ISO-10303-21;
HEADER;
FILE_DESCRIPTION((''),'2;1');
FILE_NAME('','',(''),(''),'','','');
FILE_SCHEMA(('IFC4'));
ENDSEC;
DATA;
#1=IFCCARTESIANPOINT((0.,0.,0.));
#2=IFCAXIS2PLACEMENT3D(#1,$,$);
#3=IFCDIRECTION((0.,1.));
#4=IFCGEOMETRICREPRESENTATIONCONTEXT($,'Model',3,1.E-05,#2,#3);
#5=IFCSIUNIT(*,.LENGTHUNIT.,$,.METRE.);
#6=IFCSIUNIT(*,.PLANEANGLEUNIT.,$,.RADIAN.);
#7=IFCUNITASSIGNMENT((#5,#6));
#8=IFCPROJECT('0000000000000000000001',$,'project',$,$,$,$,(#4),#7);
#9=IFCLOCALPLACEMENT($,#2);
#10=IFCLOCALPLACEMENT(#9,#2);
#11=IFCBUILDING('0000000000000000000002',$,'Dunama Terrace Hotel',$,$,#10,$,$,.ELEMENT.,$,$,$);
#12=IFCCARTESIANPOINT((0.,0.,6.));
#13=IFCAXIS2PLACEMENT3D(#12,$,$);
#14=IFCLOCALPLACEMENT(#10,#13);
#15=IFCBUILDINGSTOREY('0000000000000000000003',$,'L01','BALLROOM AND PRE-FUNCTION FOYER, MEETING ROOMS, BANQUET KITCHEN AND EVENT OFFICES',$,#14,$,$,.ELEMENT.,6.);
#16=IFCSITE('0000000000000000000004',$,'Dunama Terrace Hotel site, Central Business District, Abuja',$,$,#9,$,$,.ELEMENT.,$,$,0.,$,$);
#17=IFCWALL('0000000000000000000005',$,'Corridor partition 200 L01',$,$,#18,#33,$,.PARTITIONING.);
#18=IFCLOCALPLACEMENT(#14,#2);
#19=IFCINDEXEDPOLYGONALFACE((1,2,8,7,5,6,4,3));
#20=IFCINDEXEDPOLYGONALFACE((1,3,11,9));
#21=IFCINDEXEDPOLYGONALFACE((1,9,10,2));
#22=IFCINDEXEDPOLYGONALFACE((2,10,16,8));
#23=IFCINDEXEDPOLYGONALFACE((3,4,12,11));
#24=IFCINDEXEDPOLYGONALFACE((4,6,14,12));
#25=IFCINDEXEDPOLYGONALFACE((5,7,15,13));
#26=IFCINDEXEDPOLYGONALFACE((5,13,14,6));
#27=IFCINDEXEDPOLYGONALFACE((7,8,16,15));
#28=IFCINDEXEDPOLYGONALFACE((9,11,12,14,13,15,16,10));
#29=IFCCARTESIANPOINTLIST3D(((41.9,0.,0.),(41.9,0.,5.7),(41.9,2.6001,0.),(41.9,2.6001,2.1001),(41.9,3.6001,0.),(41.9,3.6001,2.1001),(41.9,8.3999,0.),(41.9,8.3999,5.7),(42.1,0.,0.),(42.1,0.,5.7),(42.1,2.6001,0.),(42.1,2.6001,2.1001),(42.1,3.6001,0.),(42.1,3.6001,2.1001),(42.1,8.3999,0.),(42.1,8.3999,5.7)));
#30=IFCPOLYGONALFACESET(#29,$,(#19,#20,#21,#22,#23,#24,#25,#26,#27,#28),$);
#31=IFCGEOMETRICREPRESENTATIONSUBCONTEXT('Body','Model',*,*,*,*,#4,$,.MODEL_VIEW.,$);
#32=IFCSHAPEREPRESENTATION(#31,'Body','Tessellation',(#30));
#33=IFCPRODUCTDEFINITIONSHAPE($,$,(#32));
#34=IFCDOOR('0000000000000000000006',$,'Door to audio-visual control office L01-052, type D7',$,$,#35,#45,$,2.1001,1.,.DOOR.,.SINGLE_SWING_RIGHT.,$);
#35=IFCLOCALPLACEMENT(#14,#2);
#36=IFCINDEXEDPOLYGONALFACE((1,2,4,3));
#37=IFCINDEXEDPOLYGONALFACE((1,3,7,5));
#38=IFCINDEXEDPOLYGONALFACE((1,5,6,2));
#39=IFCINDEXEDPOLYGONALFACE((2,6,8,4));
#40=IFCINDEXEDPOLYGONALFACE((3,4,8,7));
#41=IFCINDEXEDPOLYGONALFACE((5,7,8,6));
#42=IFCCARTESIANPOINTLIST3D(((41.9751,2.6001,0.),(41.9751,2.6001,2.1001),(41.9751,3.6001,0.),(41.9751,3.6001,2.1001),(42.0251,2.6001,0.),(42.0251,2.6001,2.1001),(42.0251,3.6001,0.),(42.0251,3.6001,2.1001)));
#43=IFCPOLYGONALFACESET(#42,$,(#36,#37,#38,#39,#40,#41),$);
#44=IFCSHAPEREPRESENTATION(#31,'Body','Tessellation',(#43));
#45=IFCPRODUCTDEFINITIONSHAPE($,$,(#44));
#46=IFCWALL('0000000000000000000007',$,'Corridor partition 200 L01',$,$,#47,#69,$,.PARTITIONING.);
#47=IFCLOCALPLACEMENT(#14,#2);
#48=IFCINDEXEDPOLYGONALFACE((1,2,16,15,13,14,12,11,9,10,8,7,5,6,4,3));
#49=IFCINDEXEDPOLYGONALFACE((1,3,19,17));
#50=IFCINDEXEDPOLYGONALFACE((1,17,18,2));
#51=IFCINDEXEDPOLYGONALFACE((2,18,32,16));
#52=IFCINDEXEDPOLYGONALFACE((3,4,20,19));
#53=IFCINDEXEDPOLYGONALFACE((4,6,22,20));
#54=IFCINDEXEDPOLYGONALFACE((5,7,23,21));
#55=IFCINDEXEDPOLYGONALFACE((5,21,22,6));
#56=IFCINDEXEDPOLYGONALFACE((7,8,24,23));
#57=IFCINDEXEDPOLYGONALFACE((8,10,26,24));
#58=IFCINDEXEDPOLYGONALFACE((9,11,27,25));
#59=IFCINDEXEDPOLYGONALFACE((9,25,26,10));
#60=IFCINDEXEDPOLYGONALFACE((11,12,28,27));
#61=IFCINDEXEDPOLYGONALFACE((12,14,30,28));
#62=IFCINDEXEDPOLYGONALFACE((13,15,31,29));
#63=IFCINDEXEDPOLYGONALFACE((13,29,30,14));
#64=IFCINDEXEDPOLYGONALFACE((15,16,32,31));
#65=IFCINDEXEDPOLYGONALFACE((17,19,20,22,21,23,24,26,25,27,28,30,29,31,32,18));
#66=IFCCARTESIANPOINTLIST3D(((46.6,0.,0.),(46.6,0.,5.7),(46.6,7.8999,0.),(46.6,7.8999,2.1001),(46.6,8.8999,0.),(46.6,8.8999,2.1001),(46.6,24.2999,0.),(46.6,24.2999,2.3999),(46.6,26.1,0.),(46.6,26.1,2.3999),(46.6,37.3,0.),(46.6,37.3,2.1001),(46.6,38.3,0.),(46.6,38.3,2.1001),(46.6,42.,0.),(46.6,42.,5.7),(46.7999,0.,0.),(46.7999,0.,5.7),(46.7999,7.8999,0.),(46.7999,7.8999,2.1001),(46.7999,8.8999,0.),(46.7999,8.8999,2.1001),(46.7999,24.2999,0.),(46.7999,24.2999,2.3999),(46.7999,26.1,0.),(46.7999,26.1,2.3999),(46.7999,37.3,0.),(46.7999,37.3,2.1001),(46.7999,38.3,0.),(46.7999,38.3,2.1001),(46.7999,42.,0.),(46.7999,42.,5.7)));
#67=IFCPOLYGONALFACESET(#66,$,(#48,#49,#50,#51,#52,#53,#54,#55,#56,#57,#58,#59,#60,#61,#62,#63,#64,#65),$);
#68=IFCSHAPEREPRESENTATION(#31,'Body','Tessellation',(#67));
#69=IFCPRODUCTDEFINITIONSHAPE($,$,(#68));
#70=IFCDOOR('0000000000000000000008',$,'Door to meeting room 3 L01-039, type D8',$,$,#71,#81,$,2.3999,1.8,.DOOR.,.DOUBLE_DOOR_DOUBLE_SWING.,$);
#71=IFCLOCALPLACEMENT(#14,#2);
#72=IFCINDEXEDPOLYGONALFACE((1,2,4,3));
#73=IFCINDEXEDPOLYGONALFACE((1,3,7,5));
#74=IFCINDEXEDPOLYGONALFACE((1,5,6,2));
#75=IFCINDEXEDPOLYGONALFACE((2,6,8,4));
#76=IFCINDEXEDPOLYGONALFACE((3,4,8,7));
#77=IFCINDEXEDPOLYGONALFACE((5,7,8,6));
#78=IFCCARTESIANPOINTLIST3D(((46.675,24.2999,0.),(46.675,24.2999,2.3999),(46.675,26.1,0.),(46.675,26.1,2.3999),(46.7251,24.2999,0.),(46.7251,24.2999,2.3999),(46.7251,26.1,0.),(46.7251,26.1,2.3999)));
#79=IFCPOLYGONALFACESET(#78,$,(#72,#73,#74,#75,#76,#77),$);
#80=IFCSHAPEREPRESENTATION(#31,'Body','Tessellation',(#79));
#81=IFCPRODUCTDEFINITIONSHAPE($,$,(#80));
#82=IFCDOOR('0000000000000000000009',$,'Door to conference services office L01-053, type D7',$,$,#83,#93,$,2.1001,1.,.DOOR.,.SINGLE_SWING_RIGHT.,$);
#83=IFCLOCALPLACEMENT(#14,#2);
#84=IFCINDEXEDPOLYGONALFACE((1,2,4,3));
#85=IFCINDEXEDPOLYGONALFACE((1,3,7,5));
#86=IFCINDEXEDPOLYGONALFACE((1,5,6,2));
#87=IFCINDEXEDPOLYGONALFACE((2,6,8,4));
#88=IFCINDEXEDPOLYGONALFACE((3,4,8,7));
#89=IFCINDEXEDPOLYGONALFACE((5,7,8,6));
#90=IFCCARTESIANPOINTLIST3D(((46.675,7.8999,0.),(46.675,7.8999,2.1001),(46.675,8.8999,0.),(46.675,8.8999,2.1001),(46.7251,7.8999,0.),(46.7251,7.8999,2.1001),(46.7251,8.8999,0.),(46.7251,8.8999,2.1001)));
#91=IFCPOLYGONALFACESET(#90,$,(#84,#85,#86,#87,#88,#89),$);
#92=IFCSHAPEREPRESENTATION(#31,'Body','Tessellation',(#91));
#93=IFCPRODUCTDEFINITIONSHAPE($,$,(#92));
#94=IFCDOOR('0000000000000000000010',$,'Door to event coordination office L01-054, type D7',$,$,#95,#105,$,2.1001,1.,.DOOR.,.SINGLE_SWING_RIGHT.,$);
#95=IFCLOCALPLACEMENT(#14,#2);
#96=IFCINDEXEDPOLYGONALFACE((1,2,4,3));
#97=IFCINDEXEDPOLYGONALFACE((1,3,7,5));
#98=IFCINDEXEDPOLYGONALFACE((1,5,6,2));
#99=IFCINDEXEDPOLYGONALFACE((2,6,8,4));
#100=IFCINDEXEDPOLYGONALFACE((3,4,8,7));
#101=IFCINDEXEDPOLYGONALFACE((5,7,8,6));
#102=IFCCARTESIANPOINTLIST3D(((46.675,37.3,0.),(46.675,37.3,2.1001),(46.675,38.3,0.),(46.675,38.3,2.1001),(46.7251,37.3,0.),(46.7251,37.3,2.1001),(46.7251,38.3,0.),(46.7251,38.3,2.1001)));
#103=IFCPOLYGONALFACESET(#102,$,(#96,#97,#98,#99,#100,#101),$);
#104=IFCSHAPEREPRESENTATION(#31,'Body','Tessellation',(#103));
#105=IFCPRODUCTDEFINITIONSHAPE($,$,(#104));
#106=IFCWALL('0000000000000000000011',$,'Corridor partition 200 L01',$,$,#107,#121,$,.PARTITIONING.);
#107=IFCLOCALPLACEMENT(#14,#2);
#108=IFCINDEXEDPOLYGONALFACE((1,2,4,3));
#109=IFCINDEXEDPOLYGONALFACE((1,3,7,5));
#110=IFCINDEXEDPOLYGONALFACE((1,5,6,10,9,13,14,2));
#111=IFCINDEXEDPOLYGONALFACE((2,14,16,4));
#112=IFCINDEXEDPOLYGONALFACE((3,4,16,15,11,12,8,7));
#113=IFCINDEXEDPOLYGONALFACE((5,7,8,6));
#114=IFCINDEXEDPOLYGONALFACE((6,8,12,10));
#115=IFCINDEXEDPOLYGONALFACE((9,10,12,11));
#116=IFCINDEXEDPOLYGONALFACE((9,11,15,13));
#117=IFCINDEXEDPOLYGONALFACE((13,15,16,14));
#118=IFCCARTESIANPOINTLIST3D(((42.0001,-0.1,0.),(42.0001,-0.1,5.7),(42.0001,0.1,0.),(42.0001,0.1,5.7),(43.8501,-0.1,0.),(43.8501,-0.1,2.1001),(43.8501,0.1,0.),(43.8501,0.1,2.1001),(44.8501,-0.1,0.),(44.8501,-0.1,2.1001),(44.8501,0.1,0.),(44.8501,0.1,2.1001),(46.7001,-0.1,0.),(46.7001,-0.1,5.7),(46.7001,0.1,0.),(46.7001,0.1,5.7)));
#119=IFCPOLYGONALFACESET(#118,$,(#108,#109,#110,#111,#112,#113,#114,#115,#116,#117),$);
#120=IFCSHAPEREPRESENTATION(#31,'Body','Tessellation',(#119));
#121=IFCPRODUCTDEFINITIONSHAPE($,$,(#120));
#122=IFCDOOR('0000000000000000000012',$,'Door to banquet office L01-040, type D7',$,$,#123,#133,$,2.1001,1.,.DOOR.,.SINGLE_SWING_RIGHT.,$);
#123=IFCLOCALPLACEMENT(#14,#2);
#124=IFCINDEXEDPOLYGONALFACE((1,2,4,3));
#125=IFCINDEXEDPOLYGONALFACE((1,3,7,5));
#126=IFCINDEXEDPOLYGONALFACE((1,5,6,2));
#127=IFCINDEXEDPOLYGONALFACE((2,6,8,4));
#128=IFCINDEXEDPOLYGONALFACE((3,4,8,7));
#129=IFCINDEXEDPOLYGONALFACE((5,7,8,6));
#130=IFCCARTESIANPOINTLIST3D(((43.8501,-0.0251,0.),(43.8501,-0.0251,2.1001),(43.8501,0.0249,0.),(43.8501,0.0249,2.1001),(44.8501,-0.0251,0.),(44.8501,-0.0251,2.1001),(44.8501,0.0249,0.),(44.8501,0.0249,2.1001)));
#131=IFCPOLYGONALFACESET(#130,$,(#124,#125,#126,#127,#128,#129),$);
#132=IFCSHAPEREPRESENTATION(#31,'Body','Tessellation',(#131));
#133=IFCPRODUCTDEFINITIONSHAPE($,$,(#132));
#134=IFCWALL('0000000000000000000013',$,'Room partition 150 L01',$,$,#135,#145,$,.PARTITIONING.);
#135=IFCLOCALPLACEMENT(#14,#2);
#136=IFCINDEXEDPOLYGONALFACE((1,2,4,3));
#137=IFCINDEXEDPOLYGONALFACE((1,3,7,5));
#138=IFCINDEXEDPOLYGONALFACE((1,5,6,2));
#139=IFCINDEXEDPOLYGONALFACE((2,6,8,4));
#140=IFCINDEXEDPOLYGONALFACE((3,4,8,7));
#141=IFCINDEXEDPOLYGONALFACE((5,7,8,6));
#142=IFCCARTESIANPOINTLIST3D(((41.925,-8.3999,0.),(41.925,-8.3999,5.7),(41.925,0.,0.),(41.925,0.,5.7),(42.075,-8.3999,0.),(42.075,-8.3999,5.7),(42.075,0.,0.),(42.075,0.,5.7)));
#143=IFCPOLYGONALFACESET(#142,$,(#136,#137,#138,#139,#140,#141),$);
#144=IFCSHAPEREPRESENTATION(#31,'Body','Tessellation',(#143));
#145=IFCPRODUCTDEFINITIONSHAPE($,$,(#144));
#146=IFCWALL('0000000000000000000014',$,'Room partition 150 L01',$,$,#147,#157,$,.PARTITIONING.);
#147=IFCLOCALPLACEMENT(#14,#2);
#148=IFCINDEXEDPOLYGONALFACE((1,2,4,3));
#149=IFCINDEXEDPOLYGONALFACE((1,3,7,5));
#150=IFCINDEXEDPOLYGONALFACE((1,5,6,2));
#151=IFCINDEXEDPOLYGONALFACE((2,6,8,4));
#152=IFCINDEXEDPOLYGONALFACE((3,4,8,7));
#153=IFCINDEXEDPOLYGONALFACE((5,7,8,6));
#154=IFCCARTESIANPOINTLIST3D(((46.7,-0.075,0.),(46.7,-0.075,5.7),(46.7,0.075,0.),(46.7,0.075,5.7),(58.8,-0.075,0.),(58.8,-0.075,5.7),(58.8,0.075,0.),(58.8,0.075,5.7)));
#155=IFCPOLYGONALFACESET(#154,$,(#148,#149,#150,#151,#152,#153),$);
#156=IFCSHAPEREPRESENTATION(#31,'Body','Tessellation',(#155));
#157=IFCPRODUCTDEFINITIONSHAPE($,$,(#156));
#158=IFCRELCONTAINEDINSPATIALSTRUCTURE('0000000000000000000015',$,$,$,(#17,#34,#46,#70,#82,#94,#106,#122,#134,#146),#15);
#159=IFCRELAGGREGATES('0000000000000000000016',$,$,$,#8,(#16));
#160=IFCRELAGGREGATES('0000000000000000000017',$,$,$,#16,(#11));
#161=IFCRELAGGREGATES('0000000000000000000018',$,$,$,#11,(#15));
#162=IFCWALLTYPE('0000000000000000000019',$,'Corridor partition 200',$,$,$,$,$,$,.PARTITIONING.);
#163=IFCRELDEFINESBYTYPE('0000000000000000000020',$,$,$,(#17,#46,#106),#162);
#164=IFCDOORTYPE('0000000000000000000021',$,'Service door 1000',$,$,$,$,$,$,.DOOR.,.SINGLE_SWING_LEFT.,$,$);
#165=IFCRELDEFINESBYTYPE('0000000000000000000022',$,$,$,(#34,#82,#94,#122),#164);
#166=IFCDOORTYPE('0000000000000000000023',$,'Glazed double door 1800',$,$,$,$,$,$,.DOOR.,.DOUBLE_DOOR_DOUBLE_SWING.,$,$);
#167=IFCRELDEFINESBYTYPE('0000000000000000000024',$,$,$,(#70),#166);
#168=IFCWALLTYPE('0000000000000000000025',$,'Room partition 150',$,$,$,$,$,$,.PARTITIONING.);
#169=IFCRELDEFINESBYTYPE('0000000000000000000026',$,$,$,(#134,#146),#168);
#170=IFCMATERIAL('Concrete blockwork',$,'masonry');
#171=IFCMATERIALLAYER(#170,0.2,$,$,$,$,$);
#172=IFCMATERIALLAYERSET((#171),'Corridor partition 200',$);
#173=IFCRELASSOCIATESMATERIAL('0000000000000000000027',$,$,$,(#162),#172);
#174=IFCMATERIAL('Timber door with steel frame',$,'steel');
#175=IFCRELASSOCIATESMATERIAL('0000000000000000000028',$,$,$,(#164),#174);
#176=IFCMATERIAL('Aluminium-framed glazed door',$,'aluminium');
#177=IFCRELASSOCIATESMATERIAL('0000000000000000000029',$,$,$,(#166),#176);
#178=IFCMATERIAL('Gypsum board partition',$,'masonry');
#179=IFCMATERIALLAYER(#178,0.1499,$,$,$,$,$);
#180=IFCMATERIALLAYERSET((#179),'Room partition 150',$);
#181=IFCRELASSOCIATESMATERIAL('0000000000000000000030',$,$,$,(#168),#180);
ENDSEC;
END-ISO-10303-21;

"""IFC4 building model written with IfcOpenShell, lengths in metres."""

from ifc_helpers import new_model, si_unit, direction, frame, frame_2d, origin, place, context, subcontext, project, spatial, rectangle, extrude, material, layer, layer_set, type_object, element, fill, save


model = new_model("IFC4")

# Units and contexts
model_context = context("Model", 3, precision=1e-05, world=origin(), true_north=direction((0.0, 1.0)))
body_context = subcontext(model_context, "Body", "Model", "MODEL_VIEW")
ifc_project = project(units=[si_unit("LENGTHUNIT", "METRE"), si_unit("PLANEANGLEUNIT", "RADIAN")], contexts=[model_context])

# Site, building, storey
site_placement = place(None, origin())
site = spatial("IfcSite", under=ifc_project, at=site_placement, Name="Dunama Terrace Hotel site, Central Business District, Abuja", CompositionType="ELEMENT", RefElevation=0.0)
building_placement = place(site_placement, origin())
building = spatial("IfcBuilding", under=site, at=building_placement, Name="Dunama Terrace Hotel", CompositionType="ELEMENT")
storey_placement = place(building_placement, frame((0.0, 0.0, 6.0)))
storey = spatial("IfcBuildingStorey", under=building, at=storey_placement, Name="L01", Description="BALLROOM AND PRE-FUNCTION FOYER, MEETING ROOMS, BANQUET KITCHEN AND EVENT OFFICES", CompositionType="ELEMENT", Elevation=6.0)

# Wall, opening, door
ifc_material_1 = material(Name="Concrete blockwork", Category="masonry")
ifc_layer_1 = layer(ifc_material_1, 0.2)
ifc_layer_set_1 = layer_set([ifc_layer_1], Name="Corridor partition 200")
wall_type_1 = type_object("IfcWallType", Name="Corridor partition 200", PredefinedType="PARTITIONING", material=ifc_layer_set_1)
wall_1_placement = place(storey_placement, frame((42.0, 0.0, 0.0), z_axis=(0.0, 0.0, 1.0), x_axis=(0.0, 1.0, 0.0)))
wall_1 = element("IfcWall", 1, at=wall_1_placement, inside=storey, type_object=wall_type_1, Name="Corridor partition 200 L01", PredefinedType="PARTITIONING", context=body_context, shape_type="SweptSolid", body=[
    extrude(rectangle(XDim=8.3999, YDim=0.2, at=frame_2d((4.2, 0.0))), origin(), (0.0, 0.0, 1.0), 5.7),
])
opening_1_placement = place(wall_1_placement, frame((2.6001, 0.0, 0.0)))
opening_1 = element("IfcOpeningElement", 2, at=opening_1_placement, cuts=wall_1, PredefinedType="OPENING", context=body_context, shape_type="SweptSolid", body=[
    extrude(rectangle(XDim=1.0, YDim=2.1001, at=frame_2d((0.5, 1.05))), frame((0.0, 0.1099, 0.0), z_axis=(0.0, -1.0, 0.0), x_axis=(1.0, 0.0, 0.0)), (0.0, 0.0, 1.0), 0.22),
])
ifc_material_2 = material(Name="Timber door with steel frame", Category="steel")
door_type_1 = type_object("IfcDoorType", Name="Service door 1000", OperationType="SINGLE_SWING_LEFT", PredefinedType="DOOR", material=ifc_material_2)
door_1_placement = place(opening_1_placement, origin())
door_1 = element("IfcDoor", 3, at=door_1_placement, inside=storey, type_object=door_type_1, Name="Door to audio-visual control office L01-052, type D7", OperationType="SINGLE_SWING_RIGHT", OverallHeight=2.1001, OverallWidth=1.0, PredefinedType="DOOR", context=body_context, shape_type="SweptSolid", body=[
    extrude(rectangle(XDim=1.0, YDim=2.1001, at=frame_2d((0.5, 1.05))), frame((0.0, 0.0249, 0.0), z_axis=(0.0, -1.0, 0.0), x_axis=(1.0, 0.0, 0.0)), (0.0, 0.0, 1.0), 0.05),
])
fill(opening_1, door_1)

# Wall, openings, doors
wall_2_placement = place(storey_placement, frame((46.7, 0.0, 0.0), z_axis=(0.0, 0.0, 1.0), x_axis=(0.0, 1.0, 0.0)))
wall_2 = element("IfcWall", 4, at=wall_2_placement, inside=storey, type_object=wall_type_1, Name="Corridor partition 200 L01", PredefinedType="PARTITIONING", context=body_context, shape_type="SweptSolid", body=[
    extrude(rectangle(XDim=42.0, YDim=0.2, at=frame_2d((21.0, 0.0))), origin(), (0.0, 0.0, 1.0), 5.7),
])
opening_2_placement = place(wall_2_placement, frame((24.3, 0.0, 0.0)))
opening_2 = element("IfcOpeningElement", 5, at=opening_2_placement, cuts=wall_2, PredefinedType="OPENING", context=body_context, shape_type="SweptSolid", body=[
    extrude(rectangle(XDim=1.8, YDim=2.3999, at=frame_2d((0.8999, 1.2))), frame((0.0, 0.1099, 0.0), z_axis=(0.0, -1.0, 0.0), x_axis=(1.0, 0.0, 0.0)), (0.0, 0.0, 1.0), 0.22),
])
opening_3_placement = place(wall_2_placement, frame((7.8999, 0.0, 0.0)))
opening_3 = element("IfcOpeningElement", 6, at=opening_3_placement, cuts=wall_2, PredefinedType="OPENING", context=body_context, shape_type="SweptSolid", body=[
    extrude(rectangle(XDim=1.0, YDim=2.1001, at=frame_2d((0.5, 1.05))), frame((0.0, 0.1099, 0.0), z_axis=(0.0, -1.0, 0.0), x_axis=(1.0, 0.0, 0.0)), (0.0, 0.0, 1.0), 0.22),
])
opening_4_placement = place(wall_2_placement, frame((37.3, 0.0, 0.0)))
opening_4 = element("IfcOpeningElement", 7, at=opening_4_placement, cuts=wall_2, PredefinedType="OPENING", context=body_context, shape_type="SweptSolid", body=[
    extrude(rectangle(XDim=1.0, YDim=2.1001, at=frame_2d((0.5, 1.05))), frame((0.0, 0.1099, 0.0), z_axis=(0.0, -1.0, 0.0), x_axis=(1.0, 0.0, 0.0)), (0.0, 0.0, 1.0), 0.22),
])
ifc_material_3 = material(Name="Aluminium-framed glazed door", Category="aluminium")
door_type_2 = type_object("IfcDoorType", Name="Glazed double door 1800", OperationType="DOUBLE_DOOR_DOUBLE_SWING", PredefinedType="DOOR", material=ifc_material_3)
door_2_placement = place(opening_2_placement, origin())
door_2 = element("IfcDoor", 8, at=door_2_placement, inside=storey, type_object=door_type_2, Name="Door to meeting room 3 L01-039, type D8", OperationType="DOUBLE_DOOR_DOUBLE_SWING", OverallHeight=2.3999, OverallWidth=1.8, PredefinedType="DOOR", context=body_context, shape_type="SweptSolid", body=[
    extrude(rectangle(XDim=1.8, YDim=2.3999, at=frame_2d((0.8999, 1.2))), frame((0.0, 0.0249, 0.0), z_axis=(0.0, -1.0, 0.0), x_axis=(1.0, 0.0, 0.0)), (0.0, 0.0, 1.0), 0.05),
])
fill(opening_2, door_2)
door_3_placement = place(opening_3_placement, frame((1.0, 0.0, 0.0), z_axis=(0.0, 0.0, 1.0), x_axis=(-1.0, 0.0, 0.0)))
door_3 = element("IfcDoor", 9, at=door_3_placement, inside=storey, type_object=door_type_1, Name="Door to conference services office L01-053, type D7", OperationType="SINGLE_SWING_RIGHT", OverallHeight=2.1001, OverallWidth=1.0, PredefinedType="DOOR", context=body_context, shape_type="SweptSolid", body=[
    extrude(rectangle(XDim=1.0, YDim=2.1001, at=frame_2d((0.5, 1.05))), frame((0.0, 0.0251, 0.0), z_axis=(0.0, -1.0, 0.0), x_axis=(1.0, 0.0, 0.0)), (0.0, 0.0, 1.0), 0.05),
])
fill(opening_3, door_3)
door_4_placement = place(opening_4_placement, frame((1.0, 0.0, 0.0), z_axis=(0.0, 0.0, 1.0), x_axis=(-1.0, 0.0, 0.0)))
door_4 = element("IfcDoor", 10, at=door_4_placement, inside=storey, type_object=door_type_1, Name="Door to event coordination office L01-054, type D7", OperationType="SINGLE_SWING_RIGHT", OverallHeight=2.1001, OverallWidth=1.0, PredefinedType="DOOR", context=body_context, shape_type="SweptSolid", body=[
    extrude(rectangle(XDim=1.0, YDim=2.1001, at=frame_2d((0.5, 1.05))), frame((0.0, 0.0251, 0.0), z_axis=(0.0, -1.0, 0.0), x_axis=(1.0, 0.0, 0.0)), (0.0, 0.0, 1.0), 0.05),
])
fill(opening_4, door_4)

# Wall, opening, door
wall_3_placement = place(storey_placement, frame((42.0, 0.0, 0.0), z_axis=(0.0, 0.0, 1.0), x_axis=(1.0, 0.0, 0.0)))
wall_3 = element("IfcWall", 11, at=wall_3_placement, inside=storey, type_object=wall_type_1, Name="Corridor partition 200 L01", PredefinedType="PARTITIONING", context=body_context, shape_type="SweptSolid", body=[
    extrude(rectangle(XDim=4.7, YDim=0.2, at=frame_2d((2.3501, 0.0))), origin(), (0.0, 0.0, 1.0), 5.7),
])
opening_5_placement = place(wall_3_placement, frame((1.8501, 0.0, 0.0)))
opening_5 = element("IfcOpeningElement", 12, at=opening_5_placement, cuts=wall_3, PredefinedType="OPENING", context=body_context, shape_type="SweptSolid", body=[
    extrude(rectangle(XDim=1.0, YDim=2.1001, at=frame_2d((0.5, 1.05))), frame((0.0, 0.1099, 0.0), z_axis=(0.0, -1.0, 0.0), x_axis=(1.0, 0.0, 0.0)), (0.0, 0.0, 1.0), 0.22),
])
door_5_placement = place(opening_5_placement, frame((1.0, 0.0, 0.0), z_axis=(0.0, 0.0, 1.0), x_axis=(-1.0, 0.0, 0.0)))
door_5 = element("IfcDoor", 13, at=door_5_placement, inside=storey, type_object=door_type_1, Name="Door to banquet office L01-040, type D7", OperationType="SINGLE_SWING_RIGHT", OverallHeight=2.1001, OverallWidth=1.0, PredefinedType="DOOR", context=body_context, shape_type="SweptSolid", body=[
    extrude(rectangle(XDim=1.0, YDim=2.1001, at=frame_2d((0.5, 1.05))), frame((0.0, 0.0251, 0.0), z_axis=(0.0, -1.0, 0.0), x_axis=(1.0, 0.0, 0.0)), (0.0, 0.0, 1.0), 0.05),
])
fill(opening_5, door_5)

# Walls
ifc_material_4 = material(Name="Gypsum board partition", Category="masonry")
ifc_layer_2 = layer(ifc_material_4, 0.1499)
ifc_layer_set_2 = layer_set([ifc_layer_2], Name="Room partition 150")
wall_type_2 = type_object("IfcWallType", Name="Room partition 150", PredefinedType="PARTITIONING", material=ifc_layer_set_2)
wall_4_placement = place(storey_placement, frame((42.0, -8.3999, 0.0), z_axis=(0.0, 0.0, 1.0), x_axis=(0.0, 1.0, 0.0)))
element("IfcWall", 14, at=wall_4_placement, inside=storey, type_object=wall_type_2, Name="Room partition 150 L01", PredefinedType="PARTITIONING", context=body_context, shape_type="SweptSolid", body=[
    extrude(rectangle(XDim=8.3999, YDim=0.1499, at=frame_2d((4.2, 0.0))), origin(), (0.0, 0.0, 1.0), 5.7),
])
wall_5_placement = place(storey_placement, frame((46.7, 0.0, 0.0), z_axis=(0.0, 0.0, 1.0), x_axis=(1.0, 0.0, 0.0)))
element("IfcWall", 15, at=wall_5_placement, inside=storey, type_object=wall_type_2, Name="Room partition 150 L01", PredefinedType="PARTITIONING", context=body_context, shape_type="SweptSolid", body=[
    extrude(rectangle(XDim=12.1001, YDim=0.1499, at=frame_2d((6.05, 0.0))), origin(), (0.0, 0.0, 1.0), 5.7),
])

save(model, "model.ifc")
